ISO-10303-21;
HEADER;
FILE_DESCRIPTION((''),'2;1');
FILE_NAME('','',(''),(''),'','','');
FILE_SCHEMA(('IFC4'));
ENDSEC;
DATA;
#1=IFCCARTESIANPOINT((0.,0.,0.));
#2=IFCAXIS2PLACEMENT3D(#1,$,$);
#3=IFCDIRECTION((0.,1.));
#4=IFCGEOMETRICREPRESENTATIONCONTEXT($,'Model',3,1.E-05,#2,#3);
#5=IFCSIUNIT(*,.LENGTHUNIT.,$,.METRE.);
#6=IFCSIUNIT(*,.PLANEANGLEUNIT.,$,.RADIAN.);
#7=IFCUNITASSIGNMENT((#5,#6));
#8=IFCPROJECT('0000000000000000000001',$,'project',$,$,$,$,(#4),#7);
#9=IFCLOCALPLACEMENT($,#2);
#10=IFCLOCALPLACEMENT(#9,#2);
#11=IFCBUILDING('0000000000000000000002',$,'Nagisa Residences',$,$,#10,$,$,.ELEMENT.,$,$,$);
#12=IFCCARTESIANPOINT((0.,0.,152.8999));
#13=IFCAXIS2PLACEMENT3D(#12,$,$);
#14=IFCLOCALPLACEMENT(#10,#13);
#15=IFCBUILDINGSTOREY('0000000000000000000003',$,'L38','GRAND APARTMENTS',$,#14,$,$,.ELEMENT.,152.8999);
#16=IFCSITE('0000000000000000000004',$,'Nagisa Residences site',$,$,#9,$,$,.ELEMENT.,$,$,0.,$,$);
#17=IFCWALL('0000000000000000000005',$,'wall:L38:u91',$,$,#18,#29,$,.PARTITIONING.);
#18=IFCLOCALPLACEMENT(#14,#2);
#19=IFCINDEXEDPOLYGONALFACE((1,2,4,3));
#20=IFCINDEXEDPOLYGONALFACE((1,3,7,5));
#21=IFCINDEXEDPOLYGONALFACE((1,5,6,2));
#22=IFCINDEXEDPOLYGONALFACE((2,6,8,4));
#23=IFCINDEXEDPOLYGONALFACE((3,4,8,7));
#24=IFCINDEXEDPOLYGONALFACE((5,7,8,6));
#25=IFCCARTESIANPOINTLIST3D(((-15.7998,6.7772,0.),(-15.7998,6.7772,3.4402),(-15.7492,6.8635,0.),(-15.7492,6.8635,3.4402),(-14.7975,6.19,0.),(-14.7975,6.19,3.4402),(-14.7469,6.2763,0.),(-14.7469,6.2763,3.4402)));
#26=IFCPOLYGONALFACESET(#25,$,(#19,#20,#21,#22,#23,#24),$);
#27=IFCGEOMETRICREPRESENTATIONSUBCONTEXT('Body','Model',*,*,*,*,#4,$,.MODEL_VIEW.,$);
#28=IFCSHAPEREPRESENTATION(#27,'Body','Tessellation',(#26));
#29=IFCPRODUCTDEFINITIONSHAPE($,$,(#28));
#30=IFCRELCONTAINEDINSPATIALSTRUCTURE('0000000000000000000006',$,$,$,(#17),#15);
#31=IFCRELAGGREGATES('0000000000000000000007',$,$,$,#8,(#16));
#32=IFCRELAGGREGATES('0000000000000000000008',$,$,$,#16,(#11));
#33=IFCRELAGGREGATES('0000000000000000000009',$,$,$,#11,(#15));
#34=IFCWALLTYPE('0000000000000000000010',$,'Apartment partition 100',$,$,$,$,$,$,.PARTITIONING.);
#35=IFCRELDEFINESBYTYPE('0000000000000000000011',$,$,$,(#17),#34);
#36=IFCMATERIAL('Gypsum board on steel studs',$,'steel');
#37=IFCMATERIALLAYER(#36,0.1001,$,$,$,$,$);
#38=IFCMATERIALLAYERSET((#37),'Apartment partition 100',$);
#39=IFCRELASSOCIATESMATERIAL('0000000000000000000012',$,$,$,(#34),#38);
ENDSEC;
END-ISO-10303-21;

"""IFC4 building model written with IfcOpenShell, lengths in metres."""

from ifc_helpers import new_model, si_unit, direction, frame, frame_2d, origin, place, context, subcontext, project, spatial, rectangle, extrude, material, layer, layer_set, type_object, element, save


model = new_model("IFC4")

# Units and contexts
model_context = context("Model", 3, precision=1e-05, world=origin(), true_north=direction((0.0, 1.0)))
body_context = subcontext(model_context, "Body", "Model", "MODEL_VIEW")
ifc_project = project(units=[si_unit("LENGTHUNIT", "METRE"), si_unit("PLANEANGLEUNIT", "RADIAN")], contexts=[model_context])

# Site, building, storey
site_placement = place(None, origin())
site = spatial("IfcSite", under=ifc_project, at=site_placement, Name="Nagisa Residences site", CompositionType="ELEMENT", RefElevation=0.0)
building_placement = place(site_placement, origin())
building = spatial("IfcBuilding", under=site, at=building_placement, Name="Nagisa Residences", CompositionType="ELEMENT")
storey_placement = place(building_placement, frame((0.0, 0.0, 152.8999)))
storey = spatial("IfcBuildingStorey", under=building, at=storey_placement, Name="L38", Description="GRAND APARTMENTS", CompositionType="ELEMENT", Elevation=152.8999)

# Shared definitions
ifc_material_1 = material(Name="Gypsum board on steel studs", Category="steel")
ifc_layer_1 = layer(ifc_material_1, 0.1001)
ifc_layer_set_1 = layer_set([ifc_layer_1], Name="Apartment partition 100")
wall_type_1 = type_object("IfcWallType", Name="Apartment partition 100", PredefinedType="PARTITIONING", material=ifc_layer_set_1)

# Wall
wall_1_placement = place(storey_placement, frame((-14.7722, 6.2332, 0.0), z_axis=(0.0, 0.0, 1.0), x_axis=(-0.862824, 0.505504, 0.0)))
element("IfcWall", 1, at=wall_1_placement, inside=storey, type_object=wall_type_1, Name="wall:L38:u91", PredefinedType="PARTITIONING", context=body_context, shape_type="SweptSolid", body=[
    extrude(rectangle(XDim=1.1616, YDim=0.1001, at=frame_2d((0.5808, 0.0))), origin(), (0.0, 0.0, 1.0), 3.4402),
])

save(model, "model.ifc")
